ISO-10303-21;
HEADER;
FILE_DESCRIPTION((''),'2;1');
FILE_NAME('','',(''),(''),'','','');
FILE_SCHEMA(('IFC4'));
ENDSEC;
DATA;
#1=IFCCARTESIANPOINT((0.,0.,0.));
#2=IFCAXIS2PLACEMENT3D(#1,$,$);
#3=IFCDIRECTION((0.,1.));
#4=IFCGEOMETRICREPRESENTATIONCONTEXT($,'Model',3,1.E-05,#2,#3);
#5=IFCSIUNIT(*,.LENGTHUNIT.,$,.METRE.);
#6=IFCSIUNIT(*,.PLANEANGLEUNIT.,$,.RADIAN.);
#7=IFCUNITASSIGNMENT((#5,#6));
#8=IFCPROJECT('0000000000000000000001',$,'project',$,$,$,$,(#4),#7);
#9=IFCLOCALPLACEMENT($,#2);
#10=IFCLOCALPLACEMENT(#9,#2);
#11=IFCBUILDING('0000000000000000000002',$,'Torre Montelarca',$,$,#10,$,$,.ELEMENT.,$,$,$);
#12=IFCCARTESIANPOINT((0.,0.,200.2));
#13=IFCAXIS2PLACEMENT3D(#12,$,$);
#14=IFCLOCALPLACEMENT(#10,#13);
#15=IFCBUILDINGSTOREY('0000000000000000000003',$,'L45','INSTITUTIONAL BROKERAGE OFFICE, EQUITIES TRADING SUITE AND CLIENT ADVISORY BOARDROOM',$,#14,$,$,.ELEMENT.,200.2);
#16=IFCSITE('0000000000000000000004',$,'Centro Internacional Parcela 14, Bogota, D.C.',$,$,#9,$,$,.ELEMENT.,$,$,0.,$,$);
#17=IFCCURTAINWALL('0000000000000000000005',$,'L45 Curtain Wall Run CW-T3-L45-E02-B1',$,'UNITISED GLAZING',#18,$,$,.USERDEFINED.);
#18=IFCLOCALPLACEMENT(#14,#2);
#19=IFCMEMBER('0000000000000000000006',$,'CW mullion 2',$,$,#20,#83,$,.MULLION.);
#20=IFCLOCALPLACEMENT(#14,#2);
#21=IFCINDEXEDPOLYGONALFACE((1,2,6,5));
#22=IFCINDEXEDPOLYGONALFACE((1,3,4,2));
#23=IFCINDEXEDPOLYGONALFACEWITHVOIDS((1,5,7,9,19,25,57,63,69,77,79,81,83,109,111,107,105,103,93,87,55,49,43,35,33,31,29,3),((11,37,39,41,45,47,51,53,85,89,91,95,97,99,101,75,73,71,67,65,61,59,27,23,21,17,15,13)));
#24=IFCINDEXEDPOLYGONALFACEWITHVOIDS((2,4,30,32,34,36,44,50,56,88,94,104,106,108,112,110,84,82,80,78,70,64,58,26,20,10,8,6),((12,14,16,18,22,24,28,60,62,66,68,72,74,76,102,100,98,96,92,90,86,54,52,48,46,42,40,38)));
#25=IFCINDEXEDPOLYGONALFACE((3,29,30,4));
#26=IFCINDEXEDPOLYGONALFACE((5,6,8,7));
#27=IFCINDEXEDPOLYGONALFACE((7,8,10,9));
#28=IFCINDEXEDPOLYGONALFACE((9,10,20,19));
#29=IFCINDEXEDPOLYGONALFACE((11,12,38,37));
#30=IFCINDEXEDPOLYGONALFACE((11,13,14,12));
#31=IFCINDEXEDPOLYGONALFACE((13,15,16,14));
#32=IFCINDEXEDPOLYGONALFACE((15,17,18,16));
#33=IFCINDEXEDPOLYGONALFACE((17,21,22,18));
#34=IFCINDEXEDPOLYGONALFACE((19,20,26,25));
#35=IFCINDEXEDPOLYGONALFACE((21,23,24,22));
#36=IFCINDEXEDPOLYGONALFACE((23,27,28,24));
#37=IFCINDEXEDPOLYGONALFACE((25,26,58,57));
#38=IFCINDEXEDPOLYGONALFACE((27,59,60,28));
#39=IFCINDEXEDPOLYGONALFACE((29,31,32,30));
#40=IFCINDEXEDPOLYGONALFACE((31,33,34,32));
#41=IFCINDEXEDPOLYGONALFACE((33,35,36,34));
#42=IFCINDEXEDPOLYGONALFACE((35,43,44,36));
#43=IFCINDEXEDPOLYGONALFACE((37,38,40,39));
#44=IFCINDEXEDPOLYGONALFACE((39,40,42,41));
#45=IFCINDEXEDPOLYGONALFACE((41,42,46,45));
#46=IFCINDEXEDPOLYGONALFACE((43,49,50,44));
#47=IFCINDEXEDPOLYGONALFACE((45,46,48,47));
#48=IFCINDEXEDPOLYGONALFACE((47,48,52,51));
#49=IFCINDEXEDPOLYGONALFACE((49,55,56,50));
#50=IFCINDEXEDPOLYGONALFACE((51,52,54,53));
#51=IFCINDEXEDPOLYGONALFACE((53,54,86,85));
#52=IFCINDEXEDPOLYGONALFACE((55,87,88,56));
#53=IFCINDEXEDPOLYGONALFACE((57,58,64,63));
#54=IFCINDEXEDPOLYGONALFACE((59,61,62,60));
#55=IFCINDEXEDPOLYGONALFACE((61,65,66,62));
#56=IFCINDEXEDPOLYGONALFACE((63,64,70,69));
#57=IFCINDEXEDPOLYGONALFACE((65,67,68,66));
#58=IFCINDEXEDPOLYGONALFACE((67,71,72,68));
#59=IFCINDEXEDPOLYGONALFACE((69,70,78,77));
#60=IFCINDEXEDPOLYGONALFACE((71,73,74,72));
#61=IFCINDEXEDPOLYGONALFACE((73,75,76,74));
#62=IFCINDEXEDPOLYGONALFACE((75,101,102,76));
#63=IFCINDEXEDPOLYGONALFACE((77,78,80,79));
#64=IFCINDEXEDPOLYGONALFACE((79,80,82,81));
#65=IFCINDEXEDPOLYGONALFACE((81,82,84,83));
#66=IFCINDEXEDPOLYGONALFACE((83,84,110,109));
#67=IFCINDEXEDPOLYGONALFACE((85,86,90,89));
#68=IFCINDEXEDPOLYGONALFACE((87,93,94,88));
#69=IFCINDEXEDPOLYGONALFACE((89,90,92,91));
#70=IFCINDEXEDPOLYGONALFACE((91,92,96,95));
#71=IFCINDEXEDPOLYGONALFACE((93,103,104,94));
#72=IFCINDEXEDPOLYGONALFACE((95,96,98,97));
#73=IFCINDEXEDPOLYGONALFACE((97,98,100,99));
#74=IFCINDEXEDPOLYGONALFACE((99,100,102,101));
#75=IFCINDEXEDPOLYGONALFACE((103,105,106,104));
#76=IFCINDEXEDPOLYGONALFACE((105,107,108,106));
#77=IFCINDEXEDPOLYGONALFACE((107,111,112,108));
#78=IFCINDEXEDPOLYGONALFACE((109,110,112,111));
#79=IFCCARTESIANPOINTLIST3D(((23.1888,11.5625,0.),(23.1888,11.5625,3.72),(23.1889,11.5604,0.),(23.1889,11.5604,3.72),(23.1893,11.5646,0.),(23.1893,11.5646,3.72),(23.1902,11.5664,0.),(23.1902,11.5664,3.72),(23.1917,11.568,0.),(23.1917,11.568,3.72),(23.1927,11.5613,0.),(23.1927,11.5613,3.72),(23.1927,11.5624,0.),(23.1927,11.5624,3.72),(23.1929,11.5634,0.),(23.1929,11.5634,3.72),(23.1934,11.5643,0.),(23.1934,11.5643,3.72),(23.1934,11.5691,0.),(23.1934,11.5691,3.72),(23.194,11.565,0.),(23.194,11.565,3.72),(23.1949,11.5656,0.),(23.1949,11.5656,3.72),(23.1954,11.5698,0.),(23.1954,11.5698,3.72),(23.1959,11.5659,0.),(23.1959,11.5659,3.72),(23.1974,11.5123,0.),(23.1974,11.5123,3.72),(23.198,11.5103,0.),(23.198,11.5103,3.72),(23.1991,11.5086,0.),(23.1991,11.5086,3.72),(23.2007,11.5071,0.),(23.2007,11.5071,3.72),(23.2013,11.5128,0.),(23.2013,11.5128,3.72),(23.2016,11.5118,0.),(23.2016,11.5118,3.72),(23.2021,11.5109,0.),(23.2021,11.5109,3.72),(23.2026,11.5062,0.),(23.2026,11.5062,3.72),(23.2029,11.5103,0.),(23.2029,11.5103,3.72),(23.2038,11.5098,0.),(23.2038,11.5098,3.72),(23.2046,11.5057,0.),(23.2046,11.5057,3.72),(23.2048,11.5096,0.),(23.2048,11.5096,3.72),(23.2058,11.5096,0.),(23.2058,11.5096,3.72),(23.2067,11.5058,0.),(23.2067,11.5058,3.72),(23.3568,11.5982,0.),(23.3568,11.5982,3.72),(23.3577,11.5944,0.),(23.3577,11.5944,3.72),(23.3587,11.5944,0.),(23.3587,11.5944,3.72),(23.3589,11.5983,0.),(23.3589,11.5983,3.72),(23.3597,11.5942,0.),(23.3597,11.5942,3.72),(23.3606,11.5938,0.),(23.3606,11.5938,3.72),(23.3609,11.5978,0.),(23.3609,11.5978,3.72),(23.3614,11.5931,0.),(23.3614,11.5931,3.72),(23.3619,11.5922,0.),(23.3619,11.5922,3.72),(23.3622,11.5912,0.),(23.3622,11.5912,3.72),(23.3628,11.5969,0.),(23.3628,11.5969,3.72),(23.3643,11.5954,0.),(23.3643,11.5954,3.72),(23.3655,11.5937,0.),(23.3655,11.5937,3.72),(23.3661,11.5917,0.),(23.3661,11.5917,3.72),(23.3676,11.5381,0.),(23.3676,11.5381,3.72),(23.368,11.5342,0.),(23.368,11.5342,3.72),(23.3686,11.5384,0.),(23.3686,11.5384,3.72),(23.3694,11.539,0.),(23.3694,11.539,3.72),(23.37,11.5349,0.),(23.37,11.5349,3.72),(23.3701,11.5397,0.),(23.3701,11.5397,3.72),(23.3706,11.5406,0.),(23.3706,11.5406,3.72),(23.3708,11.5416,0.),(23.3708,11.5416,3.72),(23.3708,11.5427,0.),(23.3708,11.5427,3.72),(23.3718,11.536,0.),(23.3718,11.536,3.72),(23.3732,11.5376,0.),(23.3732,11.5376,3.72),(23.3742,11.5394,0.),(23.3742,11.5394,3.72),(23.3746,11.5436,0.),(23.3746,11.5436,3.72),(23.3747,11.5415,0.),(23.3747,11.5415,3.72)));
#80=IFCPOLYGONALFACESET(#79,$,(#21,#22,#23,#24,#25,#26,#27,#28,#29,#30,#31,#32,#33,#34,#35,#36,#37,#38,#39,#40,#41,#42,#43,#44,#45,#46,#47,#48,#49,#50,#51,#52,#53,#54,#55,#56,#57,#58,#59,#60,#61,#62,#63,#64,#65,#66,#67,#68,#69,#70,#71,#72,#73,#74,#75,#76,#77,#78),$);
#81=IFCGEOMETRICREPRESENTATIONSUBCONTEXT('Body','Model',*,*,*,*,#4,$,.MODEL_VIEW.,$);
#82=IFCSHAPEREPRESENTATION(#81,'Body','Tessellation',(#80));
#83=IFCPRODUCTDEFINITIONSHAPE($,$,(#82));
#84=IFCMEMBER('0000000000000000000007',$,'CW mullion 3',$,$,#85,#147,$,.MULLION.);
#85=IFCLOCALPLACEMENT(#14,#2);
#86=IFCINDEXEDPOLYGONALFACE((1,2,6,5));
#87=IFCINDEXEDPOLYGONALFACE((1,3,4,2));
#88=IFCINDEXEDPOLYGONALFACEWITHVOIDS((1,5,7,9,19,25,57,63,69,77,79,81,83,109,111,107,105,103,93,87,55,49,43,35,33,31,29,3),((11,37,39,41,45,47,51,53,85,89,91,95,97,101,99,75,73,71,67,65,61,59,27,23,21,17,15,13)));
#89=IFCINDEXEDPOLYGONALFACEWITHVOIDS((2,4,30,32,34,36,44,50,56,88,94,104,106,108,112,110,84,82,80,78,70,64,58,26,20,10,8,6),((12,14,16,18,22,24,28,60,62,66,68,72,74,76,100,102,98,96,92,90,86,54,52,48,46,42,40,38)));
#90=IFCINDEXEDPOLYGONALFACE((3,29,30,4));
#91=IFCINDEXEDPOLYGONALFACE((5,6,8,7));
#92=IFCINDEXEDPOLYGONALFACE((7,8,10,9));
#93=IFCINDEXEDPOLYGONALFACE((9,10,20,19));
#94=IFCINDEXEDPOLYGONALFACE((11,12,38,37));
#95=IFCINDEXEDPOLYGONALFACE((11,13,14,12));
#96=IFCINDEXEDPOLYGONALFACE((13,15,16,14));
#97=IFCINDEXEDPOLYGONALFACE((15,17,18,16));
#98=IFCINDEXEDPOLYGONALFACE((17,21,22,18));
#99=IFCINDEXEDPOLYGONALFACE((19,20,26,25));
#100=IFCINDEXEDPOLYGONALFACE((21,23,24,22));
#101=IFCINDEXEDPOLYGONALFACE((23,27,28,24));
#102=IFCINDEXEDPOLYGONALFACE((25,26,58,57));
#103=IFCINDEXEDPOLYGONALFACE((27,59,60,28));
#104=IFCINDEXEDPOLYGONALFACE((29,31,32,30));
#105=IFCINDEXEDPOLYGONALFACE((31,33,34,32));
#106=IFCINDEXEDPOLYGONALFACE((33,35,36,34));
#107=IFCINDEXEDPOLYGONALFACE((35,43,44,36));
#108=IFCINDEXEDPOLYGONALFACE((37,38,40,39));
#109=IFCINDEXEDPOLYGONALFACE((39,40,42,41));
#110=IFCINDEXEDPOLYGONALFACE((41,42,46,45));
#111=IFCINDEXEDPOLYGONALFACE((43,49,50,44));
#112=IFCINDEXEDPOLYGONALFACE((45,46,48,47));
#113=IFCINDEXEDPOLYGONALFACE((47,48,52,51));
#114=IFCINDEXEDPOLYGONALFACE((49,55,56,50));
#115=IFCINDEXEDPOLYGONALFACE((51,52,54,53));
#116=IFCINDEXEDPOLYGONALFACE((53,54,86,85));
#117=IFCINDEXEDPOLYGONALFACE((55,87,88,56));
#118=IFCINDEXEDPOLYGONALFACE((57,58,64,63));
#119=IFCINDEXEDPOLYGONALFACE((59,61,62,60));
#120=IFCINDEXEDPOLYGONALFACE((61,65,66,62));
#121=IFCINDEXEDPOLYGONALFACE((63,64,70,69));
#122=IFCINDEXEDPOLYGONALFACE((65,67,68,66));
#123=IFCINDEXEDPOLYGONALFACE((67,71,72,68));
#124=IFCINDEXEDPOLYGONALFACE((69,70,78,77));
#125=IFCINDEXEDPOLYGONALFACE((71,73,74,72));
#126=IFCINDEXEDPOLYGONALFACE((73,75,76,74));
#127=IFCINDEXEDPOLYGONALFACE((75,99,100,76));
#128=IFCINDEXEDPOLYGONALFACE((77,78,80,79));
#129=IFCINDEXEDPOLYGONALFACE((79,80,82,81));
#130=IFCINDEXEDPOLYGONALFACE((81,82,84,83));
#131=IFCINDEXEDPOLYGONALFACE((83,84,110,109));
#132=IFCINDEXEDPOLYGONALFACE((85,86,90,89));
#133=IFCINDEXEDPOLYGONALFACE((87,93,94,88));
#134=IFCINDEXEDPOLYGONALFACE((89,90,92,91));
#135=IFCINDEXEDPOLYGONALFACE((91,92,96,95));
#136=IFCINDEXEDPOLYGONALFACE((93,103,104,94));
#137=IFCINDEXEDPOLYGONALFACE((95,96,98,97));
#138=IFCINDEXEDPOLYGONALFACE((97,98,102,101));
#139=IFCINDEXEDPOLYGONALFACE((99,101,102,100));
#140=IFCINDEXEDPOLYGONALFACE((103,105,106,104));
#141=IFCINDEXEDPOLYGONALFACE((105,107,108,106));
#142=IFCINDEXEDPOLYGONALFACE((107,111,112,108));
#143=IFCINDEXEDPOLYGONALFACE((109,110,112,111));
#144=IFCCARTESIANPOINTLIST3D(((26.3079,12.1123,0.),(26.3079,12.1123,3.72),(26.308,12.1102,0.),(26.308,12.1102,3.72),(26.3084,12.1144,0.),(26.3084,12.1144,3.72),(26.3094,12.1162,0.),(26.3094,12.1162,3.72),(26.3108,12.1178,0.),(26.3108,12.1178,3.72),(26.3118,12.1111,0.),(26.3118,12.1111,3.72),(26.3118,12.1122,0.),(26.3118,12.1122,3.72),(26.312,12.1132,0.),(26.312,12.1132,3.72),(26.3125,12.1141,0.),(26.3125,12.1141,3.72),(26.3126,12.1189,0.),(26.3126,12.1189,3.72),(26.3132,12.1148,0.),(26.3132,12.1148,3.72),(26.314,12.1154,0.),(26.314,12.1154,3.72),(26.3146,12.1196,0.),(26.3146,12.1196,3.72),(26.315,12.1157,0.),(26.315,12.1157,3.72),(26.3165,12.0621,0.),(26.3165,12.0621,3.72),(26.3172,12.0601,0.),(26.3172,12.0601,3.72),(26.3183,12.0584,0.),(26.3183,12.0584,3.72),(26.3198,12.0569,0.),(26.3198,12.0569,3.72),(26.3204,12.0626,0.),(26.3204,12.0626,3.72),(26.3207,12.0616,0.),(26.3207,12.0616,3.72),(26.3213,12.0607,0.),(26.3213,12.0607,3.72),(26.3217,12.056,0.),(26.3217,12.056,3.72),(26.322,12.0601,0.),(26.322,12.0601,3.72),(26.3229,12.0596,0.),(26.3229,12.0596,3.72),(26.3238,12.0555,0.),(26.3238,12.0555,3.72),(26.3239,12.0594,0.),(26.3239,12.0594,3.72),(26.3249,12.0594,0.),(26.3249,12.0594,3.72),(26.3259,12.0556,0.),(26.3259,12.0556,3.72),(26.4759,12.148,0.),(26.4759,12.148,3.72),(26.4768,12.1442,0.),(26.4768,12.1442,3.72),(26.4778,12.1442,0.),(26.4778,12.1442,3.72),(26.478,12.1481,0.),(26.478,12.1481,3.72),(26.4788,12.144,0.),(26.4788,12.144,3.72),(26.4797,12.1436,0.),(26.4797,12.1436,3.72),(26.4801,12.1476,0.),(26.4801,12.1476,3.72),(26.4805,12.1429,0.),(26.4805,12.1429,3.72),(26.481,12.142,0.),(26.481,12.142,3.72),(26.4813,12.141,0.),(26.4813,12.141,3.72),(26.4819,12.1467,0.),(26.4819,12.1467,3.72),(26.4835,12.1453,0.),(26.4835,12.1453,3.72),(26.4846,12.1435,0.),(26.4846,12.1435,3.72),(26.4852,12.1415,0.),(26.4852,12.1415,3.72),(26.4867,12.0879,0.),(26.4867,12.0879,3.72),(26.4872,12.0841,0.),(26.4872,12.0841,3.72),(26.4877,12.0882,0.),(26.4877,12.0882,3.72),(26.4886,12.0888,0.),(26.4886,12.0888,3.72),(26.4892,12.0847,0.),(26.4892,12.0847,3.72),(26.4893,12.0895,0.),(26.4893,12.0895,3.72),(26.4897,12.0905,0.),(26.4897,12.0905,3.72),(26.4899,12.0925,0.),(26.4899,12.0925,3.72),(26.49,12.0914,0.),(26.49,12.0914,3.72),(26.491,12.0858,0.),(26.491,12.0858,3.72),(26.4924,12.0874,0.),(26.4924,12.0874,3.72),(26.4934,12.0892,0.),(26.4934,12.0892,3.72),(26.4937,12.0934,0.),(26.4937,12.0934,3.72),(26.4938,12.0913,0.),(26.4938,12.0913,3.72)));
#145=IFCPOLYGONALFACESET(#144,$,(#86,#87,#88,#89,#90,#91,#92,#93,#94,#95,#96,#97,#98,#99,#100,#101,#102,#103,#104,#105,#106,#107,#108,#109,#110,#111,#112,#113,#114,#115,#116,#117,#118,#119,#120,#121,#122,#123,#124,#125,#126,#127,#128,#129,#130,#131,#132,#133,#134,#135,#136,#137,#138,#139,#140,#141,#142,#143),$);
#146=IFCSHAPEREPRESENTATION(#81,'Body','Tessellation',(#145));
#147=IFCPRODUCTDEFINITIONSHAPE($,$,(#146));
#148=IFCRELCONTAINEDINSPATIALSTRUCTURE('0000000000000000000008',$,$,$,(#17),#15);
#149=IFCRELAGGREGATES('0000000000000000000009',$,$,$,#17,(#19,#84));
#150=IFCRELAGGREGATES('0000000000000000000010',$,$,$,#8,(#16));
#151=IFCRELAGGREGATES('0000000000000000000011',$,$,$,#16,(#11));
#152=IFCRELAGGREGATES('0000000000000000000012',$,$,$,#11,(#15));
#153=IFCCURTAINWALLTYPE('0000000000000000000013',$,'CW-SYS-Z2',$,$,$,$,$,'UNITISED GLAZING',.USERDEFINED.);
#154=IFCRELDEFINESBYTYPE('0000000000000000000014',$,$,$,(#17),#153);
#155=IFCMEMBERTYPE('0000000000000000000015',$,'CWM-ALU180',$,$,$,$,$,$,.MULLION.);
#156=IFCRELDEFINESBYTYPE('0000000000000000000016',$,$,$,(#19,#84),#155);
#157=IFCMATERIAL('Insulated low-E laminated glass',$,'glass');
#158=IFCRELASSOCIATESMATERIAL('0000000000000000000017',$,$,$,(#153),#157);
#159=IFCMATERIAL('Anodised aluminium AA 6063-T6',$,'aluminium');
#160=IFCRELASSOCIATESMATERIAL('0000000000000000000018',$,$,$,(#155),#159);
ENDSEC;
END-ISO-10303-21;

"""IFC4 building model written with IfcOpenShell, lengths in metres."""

from ifc_helpers import new_model, si_unit, direction, frame, origin, origin_2d, place, context, subcontext, project, spatial, hollow_rectangle, extrude, source, transform, mapped, material, material_profile, profile_set, type_object, element, aggregate, save


model = new_model("IFC4")

# Units and contexts
model_context = context("Model", 3, precision=1e-05, world=origin(), true_north=direction((0.0, 1.0)))
body_context = subcontext(model_context, "Body", "Model", "MODEL_VIEW")
ifc_project = project(units=[si_unit("LENGTHUNIT", "METRE"), si_unit("PLANEANGLEUNIT", "RADIAN")], contexts=[model_context])

# Site, building, storey
site_placement = place(None, origin())
site = spatial("IfcSite", under=ifc_project, at=site_placement, Name="Centro Internacional Parcela 14, Bogota, D.C.", CompositionType="ELEMENT", RefElevation=0.0)
building_placement = place(site_placement, origin())
building = spatial("IfcBuilding", under=site, at=building_placement, Name="Torre Montelarca", CompositionType="ELEMENT")
storey_placement = place(building_placement, frame((0.0, 0.0, 200.2)))
storey = spatial("IfcBuildingStorey", under=building, at=storey_placement, Name="L45", Description="INSTITUTIONAL BROKERAGE OFFICE, EQUITIES TRADING SUITE AND CLIENT ADVISORY BOARDROOM", CompositionType="ELEMENT", Elevation=200.2)

# Curtain wall
ifc_material_1 = material(Name="Insulated low-E laminated glass", Category="glass")
curtain_wall_type = type_object("IfcCurtainWallType", Name="CW-SYS-Z2", ElementType="UNITISED GLAZING", PredefinedType="USERDEFINED", material=ifc_material_1)
curtain_wall_1_placement = place(storey_placement, origin())
curtain_wall_1 = element("IfcCurtainWall", 1, at=curtain_wall_1_placement, inside=storey, type_object=curtain_wall_type, Name="L45 Curtain Wall Run CW-T3-L45-E02-B1", ObjectType="UNITISED GLAZING", PredefinedType="USERDEFINED")
ifc_material_2 = material(Name="Anodised aluminium AA 6063-T6", Category="aluminium")

# Shared definitions
ifc_material_profile_1 = material_profile(ifc_material_2, hollow_rectangle(XDim=0.0649, YDim=0.1799, WallThickness=0.0039, InnerFilletRadius=0.0039, OuterFilletRadius=0.0081, at=origin_2d()), Name="ALU65X180X4", Category="aluminium")
ifc_profile_set_1 = profile_set([ifc_material_profile_1], Name="Anodised aluminium AA 6063-T6")
member_type_1 = type_object("IfcMemberType", Name="CWM-ALU180", PredefinedType="MULLION", material=ifc_profile_set_1)
shared_shape_1 = source(origin(), body_context, "Body", "SweptSolid", [
    extrude(hollow_rectangle(XDim=0.0649, YDim=0.1799, WallThickness=0.0039, InnerFilletRadius=0.0039, OuterFilletRadius=0.0081, at=origin_2d()), origin(), (0.0, 0.0, 1.0), 3.72),
])

# Members
member_1_placement = place(storey_placement, frame((23.2817, 11.552, 0.0), z_axis=(0.0, 0.0, 1.0), x_axis=(-0.173636, 0.98481, 0.0)))
member_1 = element("IfcMember", 2, at=member_1_placement, type_object=member_type_1, Name="CW mullion 2", PredefinedType="MULLION", context=body_context, shape_type="MappedRepresentation", body=[
    mapped(shared_shape_1, transform((0.0, 0.0, 0.0), scale=1.0)),
])
member_2_placement = place(storey_placement, frame((26.4009, 12.1018, 0.0), z_axis=(0.0, 0.0, 1.0), x_axis=(-0.173636, 0.98481, 0.0)))
member_2 = element("IfcMember", 3, at=member_2_placement, type_object=member_type_1, Name="CW mullion 3", PredefinedType="MULLION", context=body_context, shape_type="MappedRepresentation", body=[
    mapped(shared_shape_1, transform((0.0, 0.0, 0.0), scale=1.0)),
])

aggregate(curtain_wall_1, [member_1, member_2])

save(model, "model.ifc")
